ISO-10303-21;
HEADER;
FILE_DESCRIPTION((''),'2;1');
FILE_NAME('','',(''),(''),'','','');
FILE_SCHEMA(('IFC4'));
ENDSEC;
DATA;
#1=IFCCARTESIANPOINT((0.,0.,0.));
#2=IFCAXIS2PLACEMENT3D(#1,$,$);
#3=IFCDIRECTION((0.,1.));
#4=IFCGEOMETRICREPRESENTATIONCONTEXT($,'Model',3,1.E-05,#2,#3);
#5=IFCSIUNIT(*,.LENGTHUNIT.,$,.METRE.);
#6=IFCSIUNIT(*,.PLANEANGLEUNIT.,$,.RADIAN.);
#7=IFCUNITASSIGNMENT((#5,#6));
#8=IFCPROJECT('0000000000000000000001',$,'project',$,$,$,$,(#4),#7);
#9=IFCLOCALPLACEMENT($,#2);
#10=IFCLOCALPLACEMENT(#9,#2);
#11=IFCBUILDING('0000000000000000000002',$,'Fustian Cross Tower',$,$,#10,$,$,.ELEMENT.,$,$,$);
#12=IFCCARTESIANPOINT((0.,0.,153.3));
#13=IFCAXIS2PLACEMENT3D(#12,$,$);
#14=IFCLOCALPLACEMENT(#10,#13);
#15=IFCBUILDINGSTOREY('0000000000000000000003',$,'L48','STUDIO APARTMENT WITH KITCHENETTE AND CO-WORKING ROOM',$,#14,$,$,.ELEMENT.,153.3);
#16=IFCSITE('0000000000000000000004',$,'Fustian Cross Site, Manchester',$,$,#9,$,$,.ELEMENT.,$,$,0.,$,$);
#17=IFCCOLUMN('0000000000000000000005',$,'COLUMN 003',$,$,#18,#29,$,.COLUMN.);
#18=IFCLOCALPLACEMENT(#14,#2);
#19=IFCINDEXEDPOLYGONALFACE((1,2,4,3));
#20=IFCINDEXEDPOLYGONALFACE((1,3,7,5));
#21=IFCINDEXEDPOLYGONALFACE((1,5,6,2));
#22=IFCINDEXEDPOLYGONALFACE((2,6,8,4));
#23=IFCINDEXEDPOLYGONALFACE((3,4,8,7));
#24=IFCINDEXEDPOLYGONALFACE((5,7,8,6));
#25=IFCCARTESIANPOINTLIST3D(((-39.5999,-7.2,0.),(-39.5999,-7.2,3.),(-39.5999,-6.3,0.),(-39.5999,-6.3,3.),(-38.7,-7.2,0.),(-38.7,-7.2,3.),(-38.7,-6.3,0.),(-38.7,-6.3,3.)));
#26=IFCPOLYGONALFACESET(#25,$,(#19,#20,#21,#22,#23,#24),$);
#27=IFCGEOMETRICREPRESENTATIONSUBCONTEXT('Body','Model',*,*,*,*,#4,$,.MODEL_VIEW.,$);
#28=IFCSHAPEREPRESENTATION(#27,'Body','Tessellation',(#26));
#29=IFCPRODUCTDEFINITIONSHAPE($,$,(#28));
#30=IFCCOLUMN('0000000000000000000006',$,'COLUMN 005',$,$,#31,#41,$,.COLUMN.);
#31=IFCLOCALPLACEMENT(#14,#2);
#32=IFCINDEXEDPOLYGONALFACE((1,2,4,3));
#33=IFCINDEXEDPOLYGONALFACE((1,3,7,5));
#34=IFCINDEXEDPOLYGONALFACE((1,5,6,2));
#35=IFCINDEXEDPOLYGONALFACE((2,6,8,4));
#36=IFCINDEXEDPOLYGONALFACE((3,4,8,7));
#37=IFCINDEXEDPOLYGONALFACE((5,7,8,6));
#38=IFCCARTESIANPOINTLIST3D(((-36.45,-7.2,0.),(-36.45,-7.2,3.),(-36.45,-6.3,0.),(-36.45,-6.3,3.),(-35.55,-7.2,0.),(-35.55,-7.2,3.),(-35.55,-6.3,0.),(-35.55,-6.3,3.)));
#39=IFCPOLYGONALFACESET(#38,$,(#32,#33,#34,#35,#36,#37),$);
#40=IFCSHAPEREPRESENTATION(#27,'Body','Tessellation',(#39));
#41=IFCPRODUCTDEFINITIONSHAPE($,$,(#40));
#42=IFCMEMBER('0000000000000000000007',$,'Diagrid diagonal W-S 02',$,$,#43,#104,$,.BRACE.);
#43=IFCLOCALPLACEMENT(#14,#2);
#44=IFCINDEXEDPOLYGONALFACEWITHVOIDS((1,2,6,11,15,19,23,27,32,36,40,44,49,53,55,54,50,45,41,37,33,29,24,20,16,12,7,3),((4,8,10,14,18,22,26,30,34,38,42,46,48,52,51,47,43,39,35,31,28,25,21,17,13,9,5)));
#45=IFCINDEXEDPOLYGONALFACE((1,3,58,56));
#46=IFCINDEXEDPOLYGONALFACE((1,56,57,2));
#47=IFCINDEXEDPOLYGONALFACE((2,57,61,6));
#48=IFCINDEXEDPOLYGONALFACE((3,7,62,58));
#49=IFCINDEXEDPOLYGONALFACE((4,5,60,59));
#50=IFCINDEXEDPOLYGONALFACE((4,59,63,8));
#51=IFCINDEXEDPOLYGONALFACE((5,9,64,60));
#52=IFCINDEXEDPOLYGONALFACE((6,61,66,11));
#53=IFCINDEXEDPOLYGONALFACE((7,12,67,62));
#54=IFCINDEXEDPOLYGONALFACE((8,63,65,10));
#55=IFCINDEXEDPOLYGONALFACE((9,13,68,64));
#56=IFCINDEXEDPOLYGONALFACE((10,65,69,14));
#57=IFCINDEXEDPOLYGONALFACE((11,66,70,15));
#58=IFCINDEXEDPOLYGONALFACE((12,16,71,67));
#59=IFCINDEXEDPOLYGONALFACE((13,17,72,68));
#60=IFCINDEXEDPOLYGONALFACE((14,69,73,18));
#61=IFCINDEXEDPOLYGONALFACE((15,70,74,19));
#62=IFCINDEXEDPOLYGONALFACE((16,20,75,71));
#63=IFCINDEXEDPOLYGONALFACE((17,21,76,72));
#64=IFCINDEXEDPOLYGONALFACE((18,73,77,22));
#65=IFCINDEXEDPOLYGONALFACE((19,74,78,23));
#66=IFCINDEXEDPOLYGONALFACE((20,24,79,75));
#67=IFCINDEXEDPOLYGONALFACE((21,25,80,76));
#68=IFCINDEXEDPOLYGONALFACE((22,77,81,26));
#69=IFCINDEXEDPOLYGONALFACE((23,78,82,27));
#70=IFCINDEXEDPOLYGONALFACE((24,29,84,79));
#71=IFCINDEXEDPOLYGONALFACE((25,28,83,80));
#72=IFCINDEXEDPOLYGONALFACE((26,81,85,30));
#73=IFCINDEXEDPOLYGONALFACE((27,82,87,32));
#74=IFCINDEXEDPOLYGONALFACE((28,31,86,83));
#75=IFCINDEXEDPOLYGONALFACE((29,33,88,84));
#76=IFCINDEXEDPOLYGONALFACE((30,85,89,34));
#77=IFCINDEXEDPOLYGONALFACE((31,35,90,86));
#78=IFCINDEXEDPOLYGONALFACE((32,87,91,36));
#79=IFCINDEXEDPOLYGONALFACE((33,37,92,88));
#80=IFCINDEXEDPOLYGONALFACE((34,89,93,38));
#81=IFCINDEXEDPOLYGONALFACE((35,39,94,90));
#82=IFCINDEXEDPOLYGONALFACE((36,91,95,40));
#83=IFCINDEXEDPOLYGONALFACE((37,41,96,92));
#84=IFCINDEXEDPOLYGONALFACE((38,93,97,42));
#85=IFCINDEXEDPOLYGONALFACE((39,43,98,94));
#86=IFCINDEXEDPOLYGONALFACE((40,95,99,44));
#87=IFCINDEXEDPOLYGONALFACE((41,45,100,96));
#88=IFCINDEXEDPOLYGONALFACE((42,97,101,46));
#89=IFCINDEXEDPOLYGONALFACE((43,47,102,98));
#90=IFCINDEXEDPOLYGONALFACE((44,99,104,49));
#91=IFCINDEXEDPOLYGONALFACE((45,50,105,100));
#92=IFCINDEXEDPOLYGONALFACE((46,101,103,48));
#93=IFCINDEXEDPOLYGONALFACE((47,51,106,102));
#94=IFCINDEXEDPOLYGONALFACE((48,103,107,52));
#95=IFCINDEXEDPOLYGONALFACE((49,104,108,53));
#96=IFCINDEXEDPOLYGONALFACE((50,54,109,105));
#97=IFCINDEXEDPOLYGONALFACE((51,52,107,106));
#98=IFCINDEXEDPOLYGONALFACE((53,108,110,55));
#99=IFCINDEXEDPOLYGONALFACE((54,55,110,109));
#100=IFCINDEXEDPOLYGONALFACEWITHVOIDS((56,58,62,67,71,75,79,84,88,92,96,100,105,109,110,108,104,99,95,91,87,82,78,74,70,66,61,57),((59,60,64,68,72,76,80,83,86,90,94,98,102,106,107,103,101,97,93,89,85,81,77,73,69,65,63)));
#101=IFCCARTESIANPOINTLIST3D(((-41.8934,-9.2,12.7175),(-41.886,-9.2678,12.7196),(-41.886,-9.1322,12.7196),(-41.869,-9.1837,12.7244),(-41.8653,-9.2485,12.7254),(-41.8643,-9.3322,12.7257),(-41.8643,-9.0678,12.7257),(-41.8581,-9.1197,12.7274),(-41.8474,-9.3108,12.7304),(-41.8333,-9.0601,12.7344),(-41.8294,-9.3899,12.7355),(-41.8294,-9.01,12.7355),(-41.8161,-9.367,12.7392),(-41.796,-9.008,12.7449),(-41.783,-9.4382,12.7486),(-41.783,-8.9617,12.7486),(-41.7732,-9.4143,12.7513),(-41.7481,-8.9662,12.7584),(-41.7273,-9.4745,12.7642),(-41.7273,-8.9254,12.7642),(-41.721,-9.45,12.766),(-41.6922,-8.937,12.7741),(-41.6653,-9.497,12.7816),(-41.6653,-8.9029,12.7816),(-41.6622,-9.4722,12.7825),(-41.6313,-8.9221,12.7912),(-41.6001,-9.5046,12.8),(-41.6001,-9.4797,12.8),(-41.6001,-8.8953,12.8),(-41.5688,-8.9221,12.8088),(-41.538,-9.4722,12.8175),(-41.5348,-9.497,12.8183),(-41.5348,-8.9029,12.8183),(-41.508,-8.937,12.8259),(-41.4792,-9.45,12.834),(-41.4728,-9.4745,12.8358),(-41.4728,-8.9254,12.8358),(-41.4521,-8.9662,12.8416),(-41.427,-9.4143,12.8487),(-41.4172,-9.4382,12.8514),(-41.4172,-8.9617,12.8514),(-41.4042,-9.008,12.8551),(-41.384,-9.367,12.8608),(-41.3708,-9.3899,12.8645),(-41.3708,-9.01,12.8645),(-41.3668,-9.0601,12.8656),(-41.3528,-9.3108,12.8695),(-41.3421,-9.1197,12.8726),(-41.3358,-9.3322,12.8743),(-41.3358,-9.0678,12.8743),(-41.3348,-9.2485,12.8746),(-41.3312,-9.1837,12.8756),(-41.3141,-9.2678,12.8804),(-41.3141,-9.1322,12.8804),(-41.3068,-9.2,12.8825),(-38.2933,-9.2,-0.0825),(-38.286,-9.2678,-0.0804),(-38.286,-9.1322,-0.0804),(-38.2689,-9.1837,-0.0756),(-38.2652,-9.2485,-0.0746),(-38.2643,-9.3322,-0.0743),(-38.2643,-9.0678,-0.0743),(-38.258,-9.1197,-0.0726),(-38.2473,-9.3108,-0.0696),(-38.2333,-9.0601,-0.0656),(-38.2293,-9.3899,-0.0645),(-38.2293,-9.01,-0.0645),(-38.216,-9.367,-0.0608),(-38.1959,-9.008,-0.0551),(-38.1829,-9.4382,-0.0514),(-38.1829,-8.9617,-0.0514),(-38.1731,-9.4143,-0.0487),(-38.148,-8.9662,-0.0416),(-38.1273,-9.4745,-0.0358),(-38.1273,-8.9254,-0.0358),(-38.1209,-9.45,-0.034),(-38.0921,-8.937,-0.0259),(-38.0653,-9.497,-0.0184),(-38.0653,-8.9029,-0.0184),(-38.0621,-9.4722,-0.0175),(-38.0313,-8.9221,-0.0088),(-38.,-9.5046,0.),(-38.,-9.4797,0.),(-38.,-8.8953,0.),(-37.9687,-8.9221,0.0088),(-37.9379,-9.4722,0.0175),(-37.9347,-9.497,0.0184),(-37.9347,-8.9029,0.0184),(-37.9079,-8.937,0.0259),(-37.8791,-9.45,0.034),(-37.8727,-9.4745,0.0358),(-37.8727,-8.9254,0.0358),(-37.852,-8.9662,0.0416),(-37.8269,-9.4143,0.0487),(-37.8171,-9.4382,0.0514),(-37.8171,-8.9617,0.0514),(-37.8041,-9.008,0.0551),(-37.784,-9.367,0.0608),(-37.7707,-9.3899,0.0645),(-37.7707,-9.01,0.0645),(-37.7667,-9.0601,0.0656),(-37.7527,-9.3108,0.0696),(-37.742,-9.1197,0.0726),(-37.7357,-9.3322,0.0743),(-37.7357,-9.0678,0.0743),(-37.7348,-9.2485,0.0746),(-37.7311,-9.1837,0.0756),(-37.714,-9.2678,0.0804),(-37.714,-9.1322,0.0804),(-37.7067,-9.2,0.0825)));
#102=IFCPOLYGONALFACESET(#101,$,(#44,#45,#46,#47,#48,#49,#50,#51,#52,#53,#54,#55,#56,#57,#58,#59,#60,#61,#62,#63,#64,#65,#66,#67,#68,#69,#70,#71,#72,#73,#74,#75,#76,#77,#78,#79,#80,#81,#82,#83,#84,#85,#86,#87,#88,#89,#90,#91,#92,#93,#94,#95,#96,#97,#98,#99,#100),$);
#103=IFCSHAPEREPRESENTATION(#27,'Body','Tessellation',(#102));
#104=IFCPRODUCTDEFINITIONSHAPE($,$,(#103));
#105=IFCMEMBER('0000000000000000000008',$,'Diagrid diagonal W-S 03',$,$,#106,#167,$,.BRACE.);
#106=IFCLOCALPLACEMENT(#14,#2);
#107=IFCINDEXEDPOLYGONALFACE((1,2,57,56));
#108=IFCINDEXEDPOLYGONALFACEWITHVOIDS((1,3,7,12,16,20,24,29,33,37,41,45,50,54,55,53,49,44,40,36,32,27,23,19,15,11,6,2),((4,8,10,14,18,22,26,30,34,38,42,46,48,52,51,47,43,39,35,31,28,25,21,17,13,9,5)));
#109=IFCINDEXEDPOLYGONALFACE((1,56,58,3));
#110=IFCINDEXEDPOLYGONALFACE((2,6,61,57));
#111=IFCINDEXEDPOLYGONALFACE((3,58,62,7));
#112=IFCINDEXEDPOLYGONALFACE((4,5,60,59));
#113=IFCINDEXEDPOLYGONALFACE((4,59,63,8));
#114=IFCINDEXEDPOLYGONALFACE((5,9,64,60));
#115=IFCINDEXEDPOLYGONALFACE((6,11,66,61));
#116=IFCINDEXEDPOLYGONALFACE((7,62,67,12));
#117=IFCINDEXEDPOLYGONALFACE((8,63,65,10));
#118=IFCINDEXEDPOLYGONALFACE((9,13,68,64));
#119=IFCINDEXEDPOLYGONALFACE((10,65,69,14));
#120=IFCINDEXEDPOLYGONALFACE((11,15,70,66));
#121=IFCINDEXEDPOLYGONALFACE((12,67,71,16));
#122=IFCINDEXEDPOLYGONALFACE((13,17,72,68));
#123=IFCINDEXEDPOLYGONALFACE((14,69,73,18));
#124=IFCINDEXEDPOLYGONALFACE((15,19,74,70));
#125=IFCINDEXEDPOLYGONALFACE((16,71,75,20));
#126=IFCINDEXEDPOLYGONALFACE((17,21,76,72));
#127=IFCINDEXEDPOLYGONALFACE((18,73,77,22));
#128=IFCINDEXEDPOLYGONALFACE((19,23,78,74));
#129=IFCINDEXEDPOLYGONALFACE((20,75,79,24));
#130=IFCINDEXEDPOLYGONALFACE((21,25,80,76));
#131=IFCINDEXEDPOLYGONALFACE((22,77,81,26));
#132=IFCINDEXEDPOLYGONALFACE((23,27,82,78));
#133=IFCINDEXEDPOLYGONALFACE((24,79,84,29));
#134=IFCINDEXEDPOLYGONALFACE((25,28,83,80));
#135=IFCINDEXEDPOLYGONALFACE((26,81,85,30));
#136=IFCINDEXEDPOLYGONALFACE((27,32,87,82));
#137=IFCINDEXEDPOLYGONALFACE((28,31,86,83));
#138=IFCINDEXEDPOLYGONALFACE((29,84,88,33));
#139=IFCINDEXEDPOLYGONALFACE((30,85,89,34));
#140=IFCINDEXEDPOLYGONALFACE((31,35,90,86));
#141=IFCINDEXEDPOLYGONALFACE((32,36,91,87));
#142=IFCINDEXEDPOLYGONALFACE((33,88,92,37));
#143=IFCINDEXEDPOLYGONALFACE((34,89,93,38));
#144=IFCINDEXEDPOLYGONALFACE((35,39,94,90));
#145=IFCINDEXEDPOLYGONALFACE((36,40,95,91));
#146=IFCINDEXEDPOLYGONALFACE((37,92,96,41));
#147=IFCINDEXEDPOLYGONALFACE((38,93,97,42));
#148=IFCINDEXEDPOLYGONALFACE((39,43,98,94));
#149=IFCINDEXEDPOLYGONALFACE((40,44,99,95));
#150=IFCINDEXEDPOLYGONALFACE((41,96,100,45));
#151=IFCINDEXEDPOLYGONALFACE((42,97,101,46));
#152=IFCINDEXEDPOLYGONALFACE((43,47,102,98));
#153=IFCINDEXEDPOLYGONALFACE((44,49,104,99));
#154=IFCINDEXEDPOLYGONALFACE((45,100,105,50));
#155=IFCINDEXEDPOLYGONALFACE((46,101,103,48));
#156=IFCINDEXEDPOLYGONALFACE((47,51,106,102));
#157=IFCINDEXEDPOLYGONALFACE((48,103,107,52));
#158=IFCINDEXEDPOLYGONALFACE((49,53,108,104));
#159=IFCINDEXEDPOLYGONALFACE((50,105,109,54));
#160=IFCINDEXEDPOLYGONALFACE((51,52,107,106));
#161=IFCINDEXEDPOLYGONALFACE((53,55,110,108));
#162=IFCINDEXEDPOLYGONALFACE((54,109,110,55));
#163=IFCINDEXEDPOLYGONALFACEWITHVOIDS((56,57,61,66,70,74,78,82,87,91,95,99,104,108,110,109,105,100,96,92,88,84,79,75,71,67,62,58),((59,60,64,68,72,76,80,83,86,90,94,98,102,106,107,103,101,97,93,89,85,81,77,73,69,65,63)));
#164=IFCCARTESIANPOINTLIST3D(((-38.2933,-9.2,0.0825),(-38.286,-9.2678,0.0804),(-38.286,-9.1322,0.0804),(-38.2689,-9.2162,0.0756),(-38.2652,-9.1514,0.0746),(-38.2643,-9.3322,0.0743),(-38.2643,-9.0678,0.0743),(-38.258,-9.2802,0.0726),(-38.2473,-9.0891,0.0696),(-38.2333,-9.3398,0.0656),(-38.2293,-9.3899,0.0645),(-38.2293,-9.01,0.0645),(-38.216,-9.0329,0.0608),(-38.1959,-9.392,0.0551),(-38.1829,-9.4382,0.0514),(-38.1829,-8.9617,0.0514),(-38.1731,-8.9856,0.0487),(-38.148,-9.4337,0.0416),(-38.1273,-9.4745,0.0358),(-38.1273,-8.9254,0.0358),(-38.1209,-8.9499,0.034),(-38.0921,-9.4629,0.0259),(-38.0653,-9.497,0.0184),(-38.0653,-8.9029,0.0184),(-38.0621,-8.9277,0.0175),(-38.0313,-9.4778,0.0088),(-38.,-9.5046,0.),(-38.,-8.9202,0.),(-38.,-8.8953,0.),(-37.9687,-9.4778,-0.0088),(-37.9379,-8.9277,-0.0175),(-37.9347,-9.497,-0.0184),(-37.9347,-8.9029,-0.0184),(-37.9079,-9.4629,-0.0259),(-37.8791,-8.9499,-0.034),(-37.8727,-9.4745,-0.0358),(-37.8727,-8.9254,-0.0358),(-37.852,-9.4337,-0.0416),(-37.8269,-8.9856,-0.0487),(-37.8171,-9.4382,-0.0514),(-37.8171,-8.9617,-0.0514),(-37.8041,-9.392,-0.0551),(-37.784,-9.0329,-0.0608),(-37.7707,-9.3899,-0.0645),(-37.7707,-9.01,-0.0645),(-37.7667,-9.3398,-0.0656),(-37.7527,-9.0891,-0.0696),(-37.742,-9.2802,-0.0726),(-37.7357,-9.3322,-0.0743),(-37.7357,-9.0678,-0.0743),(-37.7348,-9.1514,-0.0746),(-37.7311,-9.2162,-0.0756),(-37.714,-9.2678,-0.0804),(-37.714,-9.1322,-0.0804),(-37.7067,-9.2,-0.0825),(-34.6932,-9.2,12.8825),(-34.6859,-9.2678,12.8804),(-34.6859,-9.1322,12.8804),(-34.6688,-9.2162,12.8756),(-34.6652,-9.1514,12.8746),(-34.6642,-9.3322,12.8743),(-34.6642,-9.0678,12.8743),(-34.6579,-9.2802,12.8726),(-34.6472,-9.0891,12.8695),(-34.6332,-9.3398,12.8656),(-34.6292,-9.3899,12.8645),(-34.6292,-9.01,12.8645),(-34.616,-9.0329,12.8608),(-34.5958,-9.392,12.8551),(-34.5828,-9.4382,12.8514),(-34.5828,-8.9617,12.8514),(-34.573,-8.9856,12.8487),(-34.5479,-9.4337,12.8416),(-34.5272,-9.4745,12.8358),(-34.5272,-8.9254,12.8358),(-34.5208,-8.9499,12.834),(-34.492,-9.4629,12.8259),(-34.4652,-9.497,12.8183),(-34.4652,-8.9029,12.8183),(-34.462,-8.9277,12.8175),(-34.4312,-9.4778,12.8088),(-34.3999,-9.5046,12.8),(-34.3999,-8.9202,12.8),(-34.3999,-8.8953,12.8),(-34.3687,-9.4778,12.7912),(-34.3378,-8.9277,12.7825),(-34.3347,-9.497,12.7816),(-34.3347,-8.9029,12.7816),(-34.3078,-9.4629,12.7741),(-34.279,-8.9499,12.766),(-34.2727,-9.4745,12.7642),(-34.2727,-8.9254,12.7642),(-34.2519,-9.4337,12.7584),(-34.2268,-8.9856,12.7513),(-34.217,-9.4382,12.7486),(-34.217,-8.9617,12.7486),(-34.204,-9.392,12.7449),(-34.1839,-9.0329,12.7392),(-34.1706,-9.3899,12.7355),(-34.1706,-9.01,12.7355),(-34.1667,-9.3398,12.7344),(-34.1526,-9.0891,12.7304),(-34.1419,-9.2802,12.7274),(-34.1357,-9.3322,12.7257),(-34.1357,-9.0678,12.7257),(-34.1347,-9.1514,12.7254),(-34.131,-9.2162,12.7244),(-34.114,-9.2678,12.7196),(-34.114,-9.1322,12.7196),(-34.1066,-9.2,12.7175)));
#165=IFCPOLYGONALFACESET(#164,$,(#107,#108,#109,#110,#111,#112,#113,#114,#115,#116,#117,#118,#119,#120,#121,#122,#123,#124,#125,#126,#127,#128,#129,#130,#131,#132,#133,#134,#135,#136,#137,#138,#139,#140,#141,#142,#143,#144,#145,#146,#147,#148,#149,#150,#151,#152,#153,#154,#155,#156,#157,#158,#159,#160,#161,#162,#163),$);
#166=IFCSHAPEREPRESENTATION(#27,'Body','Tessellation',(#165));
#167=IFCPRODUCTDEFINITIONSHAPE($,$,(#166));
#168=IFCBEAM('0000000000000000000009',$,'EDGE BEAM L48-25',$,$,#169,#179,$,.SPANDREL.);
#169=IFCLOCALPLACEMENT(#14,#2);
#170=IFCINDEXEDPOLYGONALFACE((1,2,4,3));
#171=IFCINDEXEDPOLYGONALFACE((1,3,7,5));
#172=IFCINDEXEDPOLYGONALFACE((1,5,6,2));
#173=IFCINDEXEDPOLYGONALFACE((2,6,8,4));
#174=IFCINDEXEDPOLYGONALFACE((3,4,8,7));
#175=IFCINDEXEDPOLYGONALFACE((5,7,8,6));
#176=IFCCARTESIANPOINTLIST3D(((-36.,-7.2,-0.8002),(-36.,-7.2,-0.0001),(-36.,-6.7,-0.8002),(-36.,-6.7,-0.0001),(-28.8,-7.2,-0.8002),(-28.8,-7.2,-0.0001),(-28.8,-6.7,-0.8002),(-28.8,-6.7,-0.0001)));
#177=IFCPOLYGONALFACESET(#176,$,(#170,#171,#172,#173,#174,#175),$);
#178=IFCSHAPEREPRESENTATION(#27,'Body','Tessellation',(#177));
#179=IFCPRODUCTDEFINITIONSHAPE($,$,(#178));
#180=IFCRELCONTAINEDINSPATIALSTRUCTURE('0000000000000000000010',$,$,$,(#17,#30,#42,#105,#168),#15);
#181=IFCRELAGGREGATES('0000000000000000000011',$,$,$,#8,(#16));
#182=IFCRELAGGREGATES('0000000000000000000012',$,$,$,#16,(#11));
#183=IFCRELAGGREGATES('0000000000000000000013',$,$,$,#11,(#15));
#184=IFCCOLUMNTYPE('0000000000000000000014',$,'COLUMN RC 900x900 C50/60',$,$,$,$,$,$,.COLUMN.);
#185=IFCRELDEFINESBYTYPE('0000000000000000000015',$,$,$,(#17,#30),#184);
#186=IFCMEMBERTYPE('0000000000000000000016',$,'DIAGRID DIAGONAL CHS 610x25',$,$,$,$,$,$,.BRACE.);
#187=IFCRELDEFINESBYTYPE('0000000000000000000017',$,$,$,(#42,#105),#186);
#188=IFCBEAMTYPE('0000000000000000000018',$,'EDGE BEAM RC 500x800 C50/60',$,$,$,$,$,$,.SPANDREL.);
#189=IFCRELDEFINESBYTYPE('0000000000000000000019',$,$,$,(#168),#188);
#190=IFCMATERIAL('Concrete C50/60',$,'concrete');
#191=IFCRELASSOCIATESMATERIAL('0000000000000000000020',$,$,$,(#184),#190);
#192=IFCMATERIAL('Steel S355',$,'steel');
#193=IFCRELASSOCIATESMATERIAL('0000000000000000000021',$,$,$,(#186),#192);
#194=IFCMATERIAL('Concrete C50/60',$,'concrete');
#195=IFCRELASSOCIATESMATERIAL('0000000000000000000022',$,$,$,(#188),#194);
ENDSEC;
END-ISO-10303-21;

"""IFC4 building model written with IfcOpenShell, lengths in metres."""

from ifc_helpers import new_model, si_unit, direction, frame, origin, origin_2d, place, context, subcontext, project, spatial, rectangle, hollow_circle, extrude, material, material_profile, profile_set, type_object, element, save


model = new_model("IFC4")

# Units and contexts
model_context = context("Model", 3, precision=1e-05, world=origin(), true_north=direction((0.0, 1.0)))
body_context = subcontext(model_context, "Body", "Model", "MODEL_VIEW")
ifc_project = project(units=[si_unit("LENGTHUNIT", "METRE"), si_unit("PLANEANGLEUNIT", "RADIAN")], contexts=[model_context])

# Site, building, storey
site_placement = place(None, origin())
site = spatial("IfcSite", under=ifc_project, at=site_placement, Name="Fustian Cross Site, Manchester", CompositionType="ELEMENT", RefElevation=0.0)
building_placement = place(site_placement, origin())
building = spatial("IfcBuilding", under=site, at=building_placement, Name="Fustian Cross Tower", CompositionType="ELEMENT")
storey_placement = place(building_placement, frame((0.0, 0.0, 153.3)))
storey = spatial("IfcBuildingStorey", under=building, at=storey_placement, Name="L48", Description="STUDIO APARTMENT WITH KITCHENETTE AND CO-WORKING ROOM", CompositionType="ELEMENT", Elevation=153.3)

# Columns
ifc_material_1 = material(Name="Concrete C50/60", Category="concrete")
ifc_material_profile_1 = material_profile(ifc_material_1, rectangle(XDim=0.8999, YDim=0.8999, at=origin_2d()), Name="RC 900x900")
ifc_profile_set_1 = profile_set([ifc_material_profile_1], Name="Concrete C50/60")
column_type = type_object("IfcColumnType", Name="COLUMN RC 900x900 C50/60", PredefinedType="COLUMN", material=ifc_profile_set_1)
for number, where, z_axis, x_axis, name in (
    (1, (-39.1499, -6.75, 0.0), (0.0, 0.0, 1.0), (1.0, 0.0, 0.0), "COLUMN 003"),
    (2, (-36.0, -6.75, 0.0), (0.0, 0.0, 1.0), (1.0, 0.0, 0.0), "COLUMN 005"),
):
    element("IfcColumn", number, at=place(storey_placement, frame(where, z_axis=z_axis, x_axis=x_axis)), inside=storey, type_object=column_type, Name=name, PredefinedType="COLUMN", context=body_context, shape_type="SweptSolid", body=[
        extrude(rectangle(XDim=0.8999, YDim=0.8999, at=origin_2d()), origin(), (0.0, 0.0, 1.0), 3.0),
    ])

# Members
ifc_material_2 = material(Name="Steel S355", Category="steel")
ifc_material_profile_2 = material_profile(ifc_material_2, hollow_circle(Radius=0.3047, WallThickness=0.0249, at=origin_2d()), Name="CHS 610x25")
ifc_profile_set_2 = profile_set([ifc_material_profile_2], Name="Steel S355")
member_type = type_object("IfcMemberType", Name="DIAGRID DIAGONAL CHS 610x25", PredefinedType="BRACE", material=ifc_profile_set_2)
for number, where, z_axis, x_axis, name in (
    (3, (-38.0, -9.2, 0.0), (-0.270751, 0.0, 0.962649), (0.0, -1.0, 0.0), "Diagrid diagonal W-S 02"),
    (4, (-38.0, -9.2, 0.0), (0.270751, 0.0, 0.962649), (0.0, 1.0, 0.0), "Diagrid diagonal W-S 03"),
):
    element("IfcMember", number, at=place(storey_placement, frame(where, z_axis=z_axis, x_axis=x_axis)), inside=storey, type_object=member_type, Name=name, PredefinedType="BRACE", context=body_context, shape_type="SweptSolid", body=[
        extrude(hollow_circle(Radius=0.3047, WallThickness=0.0249, at=origin_2d()), origin(), (0.0, 0.0, 1.0), 13.2966),
    ])

# Beam
ifc_material_3 = material(Name="Concrete C50/60", Category="concrete")
ifc_material_profile_3 = material_profile(ifc_material_3, rectangle(XDim=0.5, YDim=0.8, at=origin_2d()), Name="RC 500x800")
ifc_profile_set_3 = profile_set([ifc_material_profile_3], Name="Concrete C50/60")
beam_type = type_object("IfcBeamType", Name="EDGE BEAM RC 500x800 C50/60", PredefinedType="SPANDREL", material=ifc_profile_set_3)
beam_placement = place(storey_placement, frame((-36.0, -6.95, -0.4001), z_axis=(1.0, 0.0, 0.0), x_axis=(0.0, 1.0, 0.0)))
element("IfcBeam", 5, at=beam_placement, inside=storey, type_object=beam_type, Name="EDGE BEAM L48-25", PredefinedType="SPANDREL", context=body_context, shape_type="SweptSolid", body=[
    extrude(rectangle(XDim=0.5, YDim=0.8, at=origin_2d()), origin(), (0.0, 0.0, 1.0), 7.2),
])

save(model, "model.ifc")
